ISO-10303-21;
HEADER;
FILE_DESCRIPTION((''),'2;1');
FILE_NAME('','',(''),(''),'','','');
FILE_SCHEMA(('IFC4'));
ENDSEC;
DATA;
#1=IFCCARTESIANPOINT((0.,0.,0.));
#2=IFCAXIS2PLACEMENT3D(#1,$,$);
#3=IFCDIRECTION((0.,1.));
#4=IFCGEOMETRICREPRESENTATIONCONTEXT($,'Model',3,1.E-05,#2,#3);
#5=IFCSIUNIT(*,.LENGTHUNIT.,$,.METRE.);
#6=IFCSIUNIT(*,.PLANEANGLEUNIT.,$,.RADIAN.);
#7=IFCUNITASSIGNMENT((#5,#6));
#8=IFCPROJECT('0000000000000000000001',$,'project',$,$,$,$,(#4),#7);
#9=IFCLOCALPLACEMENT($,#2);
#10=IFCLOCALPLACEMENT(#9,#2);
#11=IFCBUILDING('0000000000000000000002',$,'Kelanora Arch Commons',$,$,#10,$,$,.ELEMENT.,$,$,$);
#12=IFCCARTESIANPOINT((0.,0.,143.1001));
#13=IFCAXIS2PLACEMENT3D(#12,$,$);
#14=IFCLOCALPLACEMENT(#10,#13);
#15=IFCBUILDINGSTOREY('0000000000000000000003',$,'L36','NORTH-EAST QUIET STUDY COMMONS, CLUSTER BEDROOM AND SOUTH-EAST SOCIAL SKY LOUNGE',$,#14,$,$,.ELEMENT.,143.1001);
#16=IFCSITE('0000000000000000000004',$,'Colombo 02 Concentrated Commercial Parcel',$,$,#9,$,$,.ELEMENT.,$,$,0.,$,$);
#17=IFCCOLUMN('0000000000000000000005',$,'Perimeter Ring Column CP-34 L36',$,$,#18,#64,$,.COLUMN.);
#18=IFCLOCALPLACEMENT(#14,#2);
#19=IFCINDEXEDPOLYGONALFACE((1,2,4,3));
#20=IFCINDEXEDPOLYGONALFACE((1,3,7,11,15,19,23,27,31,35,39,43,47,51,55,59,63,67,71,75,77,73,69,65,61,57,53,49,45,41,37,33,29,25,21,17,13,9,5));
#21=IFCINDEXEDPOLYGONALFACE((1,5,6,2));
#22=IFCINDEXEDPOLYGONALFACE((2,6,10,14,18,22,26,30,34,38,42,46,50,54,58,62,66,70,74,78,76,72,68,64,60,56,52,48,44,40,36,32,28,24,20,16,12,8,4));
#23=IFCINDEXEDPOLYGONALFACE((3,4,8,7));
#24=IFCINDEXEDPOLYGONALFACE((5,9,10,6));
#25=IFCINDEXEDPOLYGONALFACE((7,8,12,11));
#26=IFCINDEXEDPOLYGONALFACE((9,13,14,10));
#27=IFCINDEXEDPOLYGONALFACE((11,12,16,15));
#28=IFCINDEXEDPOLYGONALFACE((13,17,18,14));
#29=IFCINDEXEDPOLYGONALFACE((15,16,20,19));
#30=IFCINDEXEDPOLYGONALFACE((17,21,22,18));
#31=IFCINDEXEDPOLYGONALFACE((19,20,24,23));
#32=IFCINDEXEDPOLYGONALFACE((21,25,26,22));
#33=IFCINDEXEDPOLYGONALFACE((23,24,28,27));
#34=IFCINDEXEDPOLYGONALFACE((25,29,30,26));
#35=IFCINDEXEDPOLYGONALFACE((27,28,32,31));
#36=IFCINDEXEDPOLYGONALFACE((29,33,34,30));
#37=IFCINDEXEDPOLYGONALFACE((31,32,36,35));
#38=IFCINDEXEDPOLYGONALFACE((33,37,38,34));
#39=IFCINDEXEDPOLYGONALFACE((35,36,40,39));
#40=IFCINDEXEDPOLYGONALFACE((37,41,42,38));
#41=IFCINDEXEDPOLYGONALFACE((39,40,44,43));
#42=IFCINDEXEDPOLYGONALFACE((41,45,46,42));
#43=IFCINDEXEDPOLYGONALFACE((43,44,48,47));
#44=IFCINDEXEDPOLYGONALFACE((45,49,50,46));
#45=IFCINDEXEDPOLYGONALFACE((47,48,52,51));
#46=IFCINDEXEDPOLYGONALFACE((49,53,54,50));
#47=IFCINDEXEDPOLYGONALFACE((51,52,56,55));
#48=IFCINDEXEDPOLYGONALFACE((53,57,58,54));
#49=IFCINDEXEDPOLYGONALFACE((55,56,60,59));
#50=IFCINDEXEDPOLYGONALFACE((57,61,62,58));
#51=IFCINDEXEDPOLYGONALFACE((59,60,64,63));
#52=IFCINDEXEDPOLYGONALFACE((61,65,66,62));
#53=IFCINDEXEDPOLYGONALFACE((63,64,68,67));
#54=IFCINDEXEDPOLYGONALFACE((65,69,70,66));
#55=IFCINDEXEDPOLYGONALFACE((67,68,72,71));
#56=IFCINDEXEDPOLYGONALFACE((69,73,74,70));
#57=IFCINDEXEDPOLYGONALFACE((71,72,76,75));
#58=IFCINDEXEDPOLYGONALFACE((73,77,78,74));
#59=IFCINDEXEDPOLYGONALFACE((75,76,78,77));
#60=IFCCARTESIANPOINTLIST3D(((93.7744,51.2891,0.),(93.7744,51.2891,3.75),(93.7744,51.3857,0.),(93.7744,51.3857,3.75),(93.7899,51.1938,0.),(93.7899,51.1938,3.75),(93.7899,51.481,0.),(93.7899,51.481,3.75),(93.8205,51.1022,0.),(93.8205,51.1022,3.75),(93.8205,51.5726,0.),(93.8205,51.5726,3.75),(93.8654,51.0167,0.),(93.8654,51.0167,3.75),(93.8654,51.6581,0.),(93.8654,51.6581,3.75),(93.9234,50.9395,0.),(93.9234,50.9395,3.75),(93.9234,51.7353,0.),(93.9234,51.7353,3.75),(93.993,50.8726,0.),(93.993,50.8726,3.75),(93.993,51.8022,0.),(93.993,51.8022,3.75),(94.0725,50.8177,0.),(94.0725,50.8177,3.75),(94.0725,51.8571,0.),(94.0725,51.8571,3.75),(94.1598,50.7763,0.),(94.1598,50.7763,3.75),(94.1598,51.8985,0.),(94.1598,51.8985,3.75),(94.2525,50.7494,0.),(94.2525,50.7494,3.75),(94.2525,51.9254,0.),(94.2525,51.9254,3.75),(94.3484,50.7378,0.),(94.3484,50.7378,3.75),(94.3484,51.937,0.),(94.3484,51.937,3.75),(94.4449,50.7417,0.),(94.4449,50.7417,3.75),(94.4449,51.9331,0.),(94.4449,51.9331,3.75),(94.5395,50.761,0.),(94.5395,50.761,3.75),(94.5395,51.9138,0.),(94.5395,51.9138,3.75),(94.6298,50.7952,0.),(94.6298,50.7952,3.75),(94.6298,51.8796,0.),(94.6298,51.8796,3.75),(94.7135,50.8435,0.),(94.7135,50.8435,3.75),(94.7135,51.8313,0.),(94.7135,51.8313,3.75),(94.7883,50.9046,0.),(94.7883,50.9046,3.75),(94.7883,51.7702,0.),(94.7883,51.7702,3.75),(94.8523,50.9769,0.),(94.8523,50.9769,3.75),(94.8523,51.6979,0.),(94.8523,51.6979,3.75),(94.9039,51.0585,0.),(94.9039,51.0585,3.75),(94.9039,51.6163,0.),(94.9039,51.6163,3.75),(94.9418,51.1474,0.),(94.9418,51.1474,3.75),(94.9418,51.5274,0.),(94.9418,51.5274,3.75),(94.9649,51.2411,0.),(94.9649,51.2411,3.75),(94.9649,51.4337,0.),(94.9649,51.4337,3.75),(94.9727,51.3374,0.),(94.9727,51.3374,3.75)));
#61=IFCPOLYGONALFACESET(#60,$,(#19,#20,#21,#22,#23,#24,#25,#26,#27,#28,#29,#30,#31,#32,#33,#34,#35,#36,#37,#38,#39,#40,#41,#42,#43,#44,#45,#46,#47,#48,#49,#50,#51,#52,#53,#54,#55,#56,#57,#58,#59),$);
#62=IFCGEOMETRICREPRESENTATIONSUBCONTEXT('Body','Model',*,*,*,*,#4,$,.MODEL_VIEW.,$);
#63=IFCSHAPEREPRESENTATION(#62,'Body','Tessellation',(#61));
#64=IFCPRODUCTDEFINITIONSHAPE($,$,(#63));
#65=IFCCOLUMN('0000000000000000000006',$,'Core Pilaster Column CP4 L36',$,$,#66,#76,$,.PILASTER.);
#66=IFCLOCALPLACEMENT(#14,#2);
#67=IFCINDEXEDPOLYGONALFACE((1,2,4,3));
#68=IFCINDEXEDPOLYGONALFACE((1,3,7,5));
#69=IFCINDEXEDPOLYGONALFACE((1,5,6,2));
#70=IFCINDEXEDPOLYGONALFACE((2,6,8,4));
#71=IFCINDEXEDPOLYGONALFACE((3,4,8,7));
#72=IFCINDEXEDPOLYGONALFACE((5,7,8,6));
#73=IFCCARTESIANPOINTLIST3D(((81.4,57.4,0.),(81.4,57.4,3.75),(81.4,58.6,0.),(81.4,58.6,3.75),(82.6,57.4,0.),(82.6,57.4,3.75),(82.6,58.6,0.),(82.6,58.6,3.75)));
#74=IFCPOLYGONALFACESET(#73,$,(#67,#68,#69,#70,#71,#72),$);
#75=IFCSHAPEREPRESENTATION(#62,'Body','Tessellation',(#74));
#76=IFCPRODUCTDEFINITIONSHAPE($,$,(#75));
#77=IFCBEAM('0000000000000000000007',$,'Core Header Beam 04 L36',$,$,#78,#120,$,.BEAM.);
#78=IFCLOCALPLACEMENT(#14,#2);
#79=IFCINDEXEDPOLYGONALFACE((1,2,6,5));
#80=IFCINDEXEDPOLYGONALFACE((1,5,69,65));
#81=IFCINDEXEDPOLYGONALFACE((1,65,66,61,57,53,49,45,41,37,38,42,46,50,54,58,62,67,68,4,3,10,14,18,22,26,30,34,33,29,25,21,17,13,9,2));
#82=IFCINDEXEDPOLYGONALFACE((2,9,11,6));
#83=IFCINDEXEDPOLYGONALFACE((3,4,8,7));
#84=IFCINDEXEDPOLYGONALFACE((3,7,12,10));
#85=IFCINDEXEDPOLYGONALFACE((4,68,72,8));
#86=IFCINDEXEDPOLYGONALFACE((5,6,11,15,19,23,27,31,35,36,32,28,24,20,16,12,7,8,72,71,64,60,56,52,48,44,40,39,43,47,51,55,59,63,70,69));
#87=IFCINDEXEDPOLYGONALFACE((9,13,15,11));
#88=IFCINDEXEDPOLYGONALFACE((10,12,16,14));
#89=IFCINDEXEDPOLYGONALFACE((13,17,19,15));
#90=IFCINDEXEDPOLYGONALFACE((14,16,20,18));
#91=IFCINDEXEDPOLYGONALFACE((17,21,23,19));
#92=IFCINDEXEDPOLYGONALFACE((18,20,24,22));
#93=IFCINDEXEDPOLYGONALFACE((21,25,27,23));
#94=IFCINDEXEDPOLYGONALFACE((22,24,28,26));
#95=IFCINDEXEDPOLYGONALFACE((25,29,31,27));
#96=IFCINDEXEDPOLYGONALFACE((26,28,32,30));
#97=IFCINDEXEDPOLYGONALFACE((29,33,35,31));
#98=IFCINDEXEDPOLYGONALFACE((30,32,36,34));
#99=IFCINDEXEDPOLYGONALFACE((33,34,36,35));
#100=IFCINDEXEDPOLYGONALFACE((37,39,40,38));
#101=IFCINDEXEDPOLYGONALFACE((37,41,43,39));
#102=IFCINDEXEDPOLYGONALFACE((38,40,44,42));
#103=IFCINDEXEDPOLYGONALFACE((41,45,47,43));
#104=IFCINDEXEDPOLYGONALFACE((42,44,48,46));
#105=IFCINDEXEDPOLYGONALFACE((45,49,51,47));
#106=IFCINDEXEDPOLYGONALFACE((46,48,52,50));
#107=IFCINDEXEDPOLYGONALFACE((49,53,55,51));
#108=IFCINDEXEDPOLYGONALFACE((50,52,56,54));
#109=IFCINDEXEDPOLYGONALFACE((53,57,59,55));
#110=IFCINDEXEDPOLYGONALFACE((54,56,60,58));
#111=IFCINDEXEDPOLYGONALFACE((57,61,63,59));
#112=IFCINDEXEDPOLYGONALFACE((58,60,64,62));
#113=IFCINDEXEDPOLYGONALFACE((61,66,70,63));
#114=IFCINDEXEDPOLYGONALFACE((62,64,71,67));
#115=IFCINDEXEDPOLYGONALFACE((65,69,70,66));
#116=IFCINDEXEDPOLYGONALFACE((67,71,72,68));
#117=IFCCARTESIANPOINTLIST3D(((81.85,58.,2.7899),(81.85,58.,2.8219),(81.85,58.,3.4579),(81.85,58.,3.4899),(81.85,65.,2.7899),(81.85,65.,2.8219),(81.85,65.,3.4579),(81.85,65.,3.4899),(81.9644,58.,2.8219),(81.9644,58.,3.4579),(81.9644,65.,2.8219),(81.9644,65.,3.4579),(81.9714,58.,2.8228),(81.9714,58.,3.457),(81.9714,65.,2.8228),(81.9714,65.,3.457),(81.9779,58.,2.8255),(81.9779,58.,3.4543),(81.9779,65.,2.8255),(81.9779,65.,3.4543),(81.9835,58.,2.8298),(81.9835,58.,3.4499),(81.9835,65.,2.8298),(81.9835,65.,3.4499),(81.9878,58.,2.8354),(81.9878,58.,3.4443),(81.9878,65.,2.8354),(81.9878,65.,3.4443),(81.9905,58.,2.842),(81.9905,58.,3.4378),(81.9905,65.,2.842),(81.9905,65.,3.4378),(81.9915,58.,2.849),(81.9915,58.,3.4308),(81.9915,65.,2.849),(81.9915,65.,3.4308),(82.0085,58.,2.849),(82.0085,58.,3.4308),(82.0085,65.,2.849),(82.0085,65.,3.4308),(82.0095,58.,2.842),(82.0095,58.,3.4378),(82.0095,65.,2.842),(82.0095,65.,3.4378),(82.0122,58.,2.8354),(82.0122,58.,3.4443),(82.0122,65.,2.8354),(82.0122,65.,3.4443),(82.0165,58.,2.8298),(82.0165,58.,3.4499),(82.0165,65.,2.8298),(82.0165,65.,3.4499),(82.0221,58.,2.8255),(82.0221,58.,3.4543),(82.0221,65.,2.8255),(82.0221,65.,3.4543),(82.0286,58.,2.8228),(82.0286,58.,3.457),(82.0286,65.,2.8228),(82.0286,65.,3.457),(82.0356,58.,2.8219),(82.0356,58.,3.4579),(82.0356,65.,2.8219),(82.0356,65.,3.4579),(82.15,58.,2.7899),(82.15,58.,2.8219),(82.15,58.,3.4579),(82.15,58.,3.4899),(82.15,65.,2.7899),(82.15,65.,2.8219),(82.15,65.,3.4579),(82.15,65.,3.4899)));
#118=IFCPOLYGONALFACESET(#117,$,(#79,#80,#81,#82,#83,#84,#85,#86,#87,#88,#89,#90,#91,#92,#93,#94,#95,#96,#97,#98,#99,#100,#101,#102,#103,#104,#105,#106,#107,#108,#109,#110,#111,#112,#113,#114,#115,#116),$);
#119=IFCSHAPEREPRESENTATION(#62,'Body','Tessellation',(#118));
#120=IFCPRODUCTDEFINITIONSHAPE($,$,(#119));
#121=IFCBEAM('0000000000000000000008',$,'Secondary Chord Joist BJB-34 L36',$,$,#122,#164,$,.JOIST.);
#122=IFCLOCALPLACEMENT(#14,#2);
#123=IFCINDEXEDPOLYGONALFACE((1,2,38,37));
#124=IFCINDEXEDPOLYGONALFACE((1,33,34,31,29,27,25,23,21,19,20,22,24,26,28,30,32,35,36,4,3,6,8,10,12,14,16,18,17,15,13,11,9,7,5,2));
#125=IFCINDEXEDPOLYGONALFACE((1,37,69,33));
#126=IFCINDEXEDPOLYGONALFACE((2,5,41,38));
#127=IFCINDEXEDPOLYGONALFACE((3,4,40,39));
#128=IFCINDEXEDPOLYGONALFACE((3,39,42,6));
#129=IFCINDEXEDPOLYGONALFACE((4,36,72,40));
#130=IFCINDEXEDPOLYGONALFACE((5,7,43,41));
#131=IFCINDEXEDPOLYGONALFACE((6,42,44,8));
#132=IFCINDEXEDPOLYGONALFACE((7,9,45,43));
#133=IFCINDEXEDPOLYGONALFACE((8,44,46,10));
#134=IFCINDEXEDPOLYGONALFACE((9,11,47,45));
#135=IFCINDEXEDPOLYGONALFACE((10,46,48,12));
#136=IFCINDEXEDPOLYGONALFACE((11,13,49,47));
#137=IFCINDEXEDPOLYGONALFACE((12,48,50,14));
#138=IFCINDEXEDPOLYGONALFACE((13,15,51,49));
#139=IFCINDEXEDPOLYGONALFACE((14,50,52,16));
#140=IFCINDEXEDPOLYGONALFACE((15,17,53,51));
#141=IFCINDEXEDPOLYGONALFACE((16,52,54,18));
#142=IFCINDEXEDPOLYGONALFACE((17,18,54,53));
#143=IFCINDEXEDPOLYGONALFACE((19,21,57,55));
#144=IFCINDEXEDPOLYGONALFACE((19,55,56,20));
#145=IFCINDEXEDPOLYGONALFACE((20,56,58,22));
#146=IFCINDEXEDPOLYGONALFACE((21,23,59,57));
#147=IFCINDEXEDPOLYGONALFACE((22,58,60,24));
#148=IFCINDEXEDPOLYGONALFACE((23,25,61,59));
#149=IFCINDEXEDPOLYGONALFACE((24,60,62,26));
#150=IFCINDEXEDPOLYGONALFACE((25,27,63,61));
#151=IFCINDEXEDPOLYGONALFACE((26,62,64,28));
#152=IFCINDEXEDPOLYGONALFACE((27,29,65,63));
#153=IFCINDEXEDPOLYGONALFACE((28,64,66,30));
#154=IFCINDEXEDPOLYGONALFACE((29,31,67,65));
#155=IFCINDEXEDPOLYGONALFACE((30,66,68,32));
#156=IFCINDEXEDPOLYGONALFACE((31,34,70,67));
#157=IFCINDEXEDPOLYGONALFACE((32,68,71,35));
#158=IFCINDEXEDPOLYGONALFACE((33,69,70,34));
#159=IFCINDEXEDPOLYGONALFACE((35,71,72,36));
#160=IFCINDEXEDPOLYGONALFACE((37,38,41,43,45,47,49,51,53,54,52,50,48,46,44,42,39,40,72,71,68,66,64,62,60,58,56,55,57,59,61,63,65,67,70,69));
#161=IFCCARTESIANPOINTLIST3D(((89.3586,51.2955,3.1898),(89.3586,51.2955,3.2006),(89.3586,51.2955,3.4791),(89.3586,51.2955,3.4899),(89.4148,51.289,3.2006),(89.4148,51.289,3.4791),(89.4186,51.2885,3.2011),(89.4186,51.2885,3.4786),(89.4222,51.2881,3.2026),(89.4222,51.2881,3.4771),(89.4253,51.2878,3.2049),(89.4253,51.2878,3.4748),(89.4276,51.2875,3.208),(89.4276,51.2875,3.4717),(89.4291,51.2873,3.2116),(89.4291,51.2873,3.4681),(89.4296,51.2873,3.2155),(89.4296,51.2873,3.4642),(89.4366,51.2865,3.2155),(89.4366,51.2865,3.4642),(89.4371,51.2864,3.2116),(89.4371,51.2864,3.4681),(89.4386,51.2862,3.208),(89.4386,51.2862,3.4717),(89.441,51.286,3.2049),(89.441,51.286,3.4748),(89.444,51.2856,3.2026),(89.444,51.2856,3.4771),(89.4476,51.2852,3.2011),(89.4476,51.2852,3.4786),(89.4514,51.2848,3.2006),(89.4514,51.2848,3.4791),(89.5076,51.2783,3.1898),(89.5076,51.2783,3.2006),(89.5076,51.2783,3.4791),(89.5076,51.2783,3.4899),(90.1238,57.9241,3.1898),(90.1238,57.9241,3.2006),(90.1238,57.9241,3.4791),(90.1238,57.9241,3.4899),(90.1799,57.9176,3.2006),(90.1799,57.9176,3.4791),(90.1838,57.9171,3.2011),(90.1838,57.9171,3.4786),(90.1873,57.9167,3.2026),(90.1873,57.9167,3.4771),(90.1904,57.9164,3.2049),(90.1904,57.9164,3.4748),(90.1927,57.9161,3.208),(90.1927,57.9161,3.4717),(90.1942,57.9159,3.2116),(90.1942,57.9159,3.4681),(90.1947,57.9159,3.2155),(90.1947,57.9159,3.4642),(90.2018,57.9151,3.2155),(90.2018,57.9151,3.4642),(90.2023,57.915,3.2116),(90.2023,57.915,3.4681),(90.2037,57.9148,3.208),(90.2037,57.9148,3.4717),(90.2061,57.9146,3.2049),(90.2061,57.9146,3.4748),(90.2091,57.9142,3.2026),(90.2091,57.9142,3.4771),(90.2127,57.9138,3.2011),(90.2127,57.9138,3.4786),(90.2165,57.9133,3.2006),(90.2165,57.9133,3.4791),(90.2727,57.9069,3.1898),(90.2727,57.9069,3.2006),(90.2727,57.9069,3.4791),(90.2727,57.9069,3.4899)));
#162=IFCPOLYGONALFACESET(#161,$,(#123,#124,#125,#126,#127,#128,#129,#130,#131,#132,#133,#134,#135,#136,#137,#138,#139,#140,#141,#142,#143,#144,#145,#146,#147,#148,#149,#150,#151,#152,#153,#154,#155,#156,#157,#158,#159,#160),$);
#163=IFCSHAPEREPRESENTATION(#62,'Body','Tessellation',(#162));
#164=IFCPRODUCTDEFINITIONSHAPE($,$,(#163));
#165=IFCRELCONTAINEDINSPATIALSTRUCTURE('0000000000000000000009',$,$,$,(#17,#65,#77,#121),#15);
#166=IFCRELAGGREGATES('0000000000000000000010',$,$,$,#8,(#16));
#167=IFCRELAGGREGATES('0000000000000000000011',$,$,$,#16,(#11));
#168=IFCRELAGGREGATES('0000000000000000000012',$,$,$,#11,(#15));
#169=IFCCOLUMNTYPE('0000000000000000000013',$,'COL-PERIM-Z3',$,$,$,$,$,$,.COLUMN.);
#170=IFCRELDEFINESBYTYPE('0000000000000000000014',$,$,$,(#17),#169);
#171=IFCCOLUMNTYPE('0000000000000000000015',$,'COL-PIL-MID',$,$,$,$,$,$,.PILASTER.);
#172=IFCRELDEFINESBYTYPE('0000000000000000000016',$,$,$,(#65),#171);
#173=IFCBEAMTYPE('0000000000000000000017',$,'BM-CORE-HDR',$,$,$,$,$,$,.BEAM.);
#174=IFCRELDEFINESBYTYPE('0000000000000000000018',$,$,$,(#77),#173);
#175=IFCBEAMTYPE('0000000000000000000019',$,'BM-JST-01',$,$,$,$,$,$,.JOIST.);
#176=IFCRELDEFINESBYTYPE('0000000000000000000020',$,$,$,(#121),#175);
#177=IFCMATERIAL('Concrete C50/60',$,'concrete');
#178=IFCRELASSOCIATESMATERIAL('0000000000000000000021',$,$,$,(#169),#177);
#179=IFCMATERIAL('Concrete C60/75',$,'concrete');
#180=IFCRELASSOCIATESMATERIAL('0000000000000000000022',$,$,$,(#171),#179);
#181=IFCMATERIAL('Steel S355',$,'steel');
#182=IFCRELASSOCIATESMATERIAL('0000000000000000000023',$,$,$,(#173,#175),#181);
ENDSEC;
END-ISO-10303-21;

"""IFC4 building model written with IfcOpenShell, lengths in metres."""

from ifc_helpers import new_model, si_unit, direction, frame, origin, origin_2d, place, context, subcontext, project, spatial, rectangle, circle, i_section, extrude, material, material_profile, profile_set, type_object, element, save


model = new_model("IFC4")

# Units and contexts
model_context = context("Model", 3, precision=1e-05, world=origin(), true_north=direction((0.0, 1.0)))
body_context = subcontext(model_context, "Body", "Model", "MODEL_VIEW")
ifc_project = project(units=[si_unit("LENGTHUNIT", "METRE"), si_unit("PLANEANGLEUNIT", "RADIAN")], contexts=[model_context])

# Site, building, storey
site_placement = place(None, origin())
site = spatial("IfcSite", under=ifc_project, at=site_placement, Name="Colombo 02 Concentrated Commercial Parcel", CompositionType="ELEMENT", RefElevation=0.0)
building_placement = place(site_placement, origin())
building = spatial("IfcBuilding", under=site, at=building_placement, Name="Kelanora Arch Commons", CompositionType="ELEMENT")
storey_placement = place(building_placement, frame((0.0, 0.0, 143.1001)))
storey = spatial("IfcBuildingStorey", under=building, at=storey_placement, Name="L36", Description="NORTH-EAST QUIET STUDY COMMONS, CLUSTER BEDROOM AND SOUTH-EAST SOCIAL SKY LOUNGE", CompositionType="ELEMENT", Elevation=143.1001)

# Columns
ifc_material_1 = material(Name="Concrete C50/60", Category="concrete")
ifc_material_profile_1 = material_profile(ifc_material_1, circle(Radius=0.6001, at=origin_2d()), Name="RCC1200")
ifc_profile_set_1 = profile_set([ifc_material_profile_1], Name="Concrete C50/60")
column_type_1 = type_object("IfcColumnType", Name="COL-PERIM-Z3", PredefinedType="COLUMN", material=ifc_profile_set_1)
column_1_placement = place(storey_placement, frame((94.3726, 51.3374, 0.0), z_axis=(0.0, 0.0, 1.0), x_axis=(1.0, 0.0, 0.0)))
element("IfcColumn", 1, at=column_1_placement, inside=storey, type_object=column_type_1, Name="Perimeter Ring Column CP-34 L36", PredefinedType="COLUMN", context=body_context, shape_type="SweptSolid", body=[
    extrude(circle(Radius=0.6001, at=origin_2d()), origin(), (0.0, 0.0, 1.0), 3.75),
])
ifc_material_2 = material(Name="Concrete C60/75", Category="concrete")
ifc_material_profile_2 = material_profile(ifc_material_2, rectangle(XDim=1.2, YDim=1.2, at=origin_2d()), Name="RC1200x1200")
ifc_profile_set_2 = profile_set([ifc_material_profile_2], Name="Concrete C60/75")
column_type_2 = type_object("IfcColumnType", Name="COL-PIL-MID", PredefinedType="PILASTER", material=ifc_profile_set_2)
column_2_placement = place(storey_placement, frame((82.0, 58.0, 0.0), z_axis=(0.0, 0.0, 1.0), x_axis=(1.0, 0.0, 0.0)))
element("IfcColumn", 2, at=column_2_placement, inside=storey, type_object=column_type_2, Name="Core Pilaster Column CP4 L36", PredefinedType="PILASTER", context=body_context, shape_type="SweptSolid", body=[
    extrude(rectangle(XDim=1.2, YDim=1.2, at=origin_2d()), origin(), (0.0, 0.0, 1.0), 3.75),
])

# Beams
ifc_material_3 = material(Name="Steel S355", Category="steel")
ifc_material_profile_3 = material_profile(ifc_material_3, i_section(OverallWidth=0.3, OverallDepth=0.7, WebThickness=0.0171, FlangeThickness=0.032, FilletRadius=0.0271, at=origin_2d()), Name="HEB700")
ifc_profile_set_3 = profile_set([ifc_material_profile_3], Name="Steel S355")
beam_type_1 = type_object("IfcBeamType", Name="BM-CORE-HDR", PredefinedType="BEAM", material=ifc_profile_set_3)
beam_1_placement = place(storey_placement, frame((82.0, 58.0, 3.1399), z_axis=(0.0, 1.0, 0.0), x_axis=(-1.0, 0.0, 0.0)))
element("IfcBeam", 3, at=beam_1_placement, inside=storey, type_object=beam_type_1, Name="Core Header Beam 04 L36", PredefinedType="BEAM", context=body_context, shape_type="SweptSolid", body=[
    extrude(i_section(OverallWidth=0.3, OverallDepth=0.7, WebThickness=0.0171, FlangeThickness=0.032, FilletRadius=0.0271, at=origin_2d()), origin(), (0.0, 0.0, 1.0), 7.0),
])
ifc_material_profile_4 = material_profile(ifc_material_3, i_section(OverallWidth=0.1499, OverallDepth=0.3, WebThickness=0.0071, FlangeThickness=0.0107, FilletRadius=0.0149, at=origin_2d()), Name="IPE300")
ifc_profile_set_4 = profile_set([ifc_material_profile_4], Name="Steel S355")
beam_type_2 = type_object("IfcBeamType", Name="BM-JST-01", PredefinedType="JOIST", material=ifc_profile_set_4)
beam_2_placement = place(storey_placement, frame((89.4331, 51.2869, 3.3398), z_axis=(0.114667, 0.993404, 0.0), x_axis=(-0.993404, 0.114667, 0.0)))
element("IfcBeam", 4, at=beam_2_placement, inside=storey, type_object=beam_type_2, Name="Secondary Chord Joist BJB-34 L36", PredefinedType="JOIST", context=body_context, shape_type="SweptSolid", body=[
    extrude(i_section(OverallWidth=0.1499, OverallDepth=0.3, WebThickness=0.0071, FlangeThickness=0.0107, FilletRadius=0.0149, at=origin_2d()), origin(), (0.0, 0.0, 1.0), 6.6726),
])

save(model, "model.ifc")
